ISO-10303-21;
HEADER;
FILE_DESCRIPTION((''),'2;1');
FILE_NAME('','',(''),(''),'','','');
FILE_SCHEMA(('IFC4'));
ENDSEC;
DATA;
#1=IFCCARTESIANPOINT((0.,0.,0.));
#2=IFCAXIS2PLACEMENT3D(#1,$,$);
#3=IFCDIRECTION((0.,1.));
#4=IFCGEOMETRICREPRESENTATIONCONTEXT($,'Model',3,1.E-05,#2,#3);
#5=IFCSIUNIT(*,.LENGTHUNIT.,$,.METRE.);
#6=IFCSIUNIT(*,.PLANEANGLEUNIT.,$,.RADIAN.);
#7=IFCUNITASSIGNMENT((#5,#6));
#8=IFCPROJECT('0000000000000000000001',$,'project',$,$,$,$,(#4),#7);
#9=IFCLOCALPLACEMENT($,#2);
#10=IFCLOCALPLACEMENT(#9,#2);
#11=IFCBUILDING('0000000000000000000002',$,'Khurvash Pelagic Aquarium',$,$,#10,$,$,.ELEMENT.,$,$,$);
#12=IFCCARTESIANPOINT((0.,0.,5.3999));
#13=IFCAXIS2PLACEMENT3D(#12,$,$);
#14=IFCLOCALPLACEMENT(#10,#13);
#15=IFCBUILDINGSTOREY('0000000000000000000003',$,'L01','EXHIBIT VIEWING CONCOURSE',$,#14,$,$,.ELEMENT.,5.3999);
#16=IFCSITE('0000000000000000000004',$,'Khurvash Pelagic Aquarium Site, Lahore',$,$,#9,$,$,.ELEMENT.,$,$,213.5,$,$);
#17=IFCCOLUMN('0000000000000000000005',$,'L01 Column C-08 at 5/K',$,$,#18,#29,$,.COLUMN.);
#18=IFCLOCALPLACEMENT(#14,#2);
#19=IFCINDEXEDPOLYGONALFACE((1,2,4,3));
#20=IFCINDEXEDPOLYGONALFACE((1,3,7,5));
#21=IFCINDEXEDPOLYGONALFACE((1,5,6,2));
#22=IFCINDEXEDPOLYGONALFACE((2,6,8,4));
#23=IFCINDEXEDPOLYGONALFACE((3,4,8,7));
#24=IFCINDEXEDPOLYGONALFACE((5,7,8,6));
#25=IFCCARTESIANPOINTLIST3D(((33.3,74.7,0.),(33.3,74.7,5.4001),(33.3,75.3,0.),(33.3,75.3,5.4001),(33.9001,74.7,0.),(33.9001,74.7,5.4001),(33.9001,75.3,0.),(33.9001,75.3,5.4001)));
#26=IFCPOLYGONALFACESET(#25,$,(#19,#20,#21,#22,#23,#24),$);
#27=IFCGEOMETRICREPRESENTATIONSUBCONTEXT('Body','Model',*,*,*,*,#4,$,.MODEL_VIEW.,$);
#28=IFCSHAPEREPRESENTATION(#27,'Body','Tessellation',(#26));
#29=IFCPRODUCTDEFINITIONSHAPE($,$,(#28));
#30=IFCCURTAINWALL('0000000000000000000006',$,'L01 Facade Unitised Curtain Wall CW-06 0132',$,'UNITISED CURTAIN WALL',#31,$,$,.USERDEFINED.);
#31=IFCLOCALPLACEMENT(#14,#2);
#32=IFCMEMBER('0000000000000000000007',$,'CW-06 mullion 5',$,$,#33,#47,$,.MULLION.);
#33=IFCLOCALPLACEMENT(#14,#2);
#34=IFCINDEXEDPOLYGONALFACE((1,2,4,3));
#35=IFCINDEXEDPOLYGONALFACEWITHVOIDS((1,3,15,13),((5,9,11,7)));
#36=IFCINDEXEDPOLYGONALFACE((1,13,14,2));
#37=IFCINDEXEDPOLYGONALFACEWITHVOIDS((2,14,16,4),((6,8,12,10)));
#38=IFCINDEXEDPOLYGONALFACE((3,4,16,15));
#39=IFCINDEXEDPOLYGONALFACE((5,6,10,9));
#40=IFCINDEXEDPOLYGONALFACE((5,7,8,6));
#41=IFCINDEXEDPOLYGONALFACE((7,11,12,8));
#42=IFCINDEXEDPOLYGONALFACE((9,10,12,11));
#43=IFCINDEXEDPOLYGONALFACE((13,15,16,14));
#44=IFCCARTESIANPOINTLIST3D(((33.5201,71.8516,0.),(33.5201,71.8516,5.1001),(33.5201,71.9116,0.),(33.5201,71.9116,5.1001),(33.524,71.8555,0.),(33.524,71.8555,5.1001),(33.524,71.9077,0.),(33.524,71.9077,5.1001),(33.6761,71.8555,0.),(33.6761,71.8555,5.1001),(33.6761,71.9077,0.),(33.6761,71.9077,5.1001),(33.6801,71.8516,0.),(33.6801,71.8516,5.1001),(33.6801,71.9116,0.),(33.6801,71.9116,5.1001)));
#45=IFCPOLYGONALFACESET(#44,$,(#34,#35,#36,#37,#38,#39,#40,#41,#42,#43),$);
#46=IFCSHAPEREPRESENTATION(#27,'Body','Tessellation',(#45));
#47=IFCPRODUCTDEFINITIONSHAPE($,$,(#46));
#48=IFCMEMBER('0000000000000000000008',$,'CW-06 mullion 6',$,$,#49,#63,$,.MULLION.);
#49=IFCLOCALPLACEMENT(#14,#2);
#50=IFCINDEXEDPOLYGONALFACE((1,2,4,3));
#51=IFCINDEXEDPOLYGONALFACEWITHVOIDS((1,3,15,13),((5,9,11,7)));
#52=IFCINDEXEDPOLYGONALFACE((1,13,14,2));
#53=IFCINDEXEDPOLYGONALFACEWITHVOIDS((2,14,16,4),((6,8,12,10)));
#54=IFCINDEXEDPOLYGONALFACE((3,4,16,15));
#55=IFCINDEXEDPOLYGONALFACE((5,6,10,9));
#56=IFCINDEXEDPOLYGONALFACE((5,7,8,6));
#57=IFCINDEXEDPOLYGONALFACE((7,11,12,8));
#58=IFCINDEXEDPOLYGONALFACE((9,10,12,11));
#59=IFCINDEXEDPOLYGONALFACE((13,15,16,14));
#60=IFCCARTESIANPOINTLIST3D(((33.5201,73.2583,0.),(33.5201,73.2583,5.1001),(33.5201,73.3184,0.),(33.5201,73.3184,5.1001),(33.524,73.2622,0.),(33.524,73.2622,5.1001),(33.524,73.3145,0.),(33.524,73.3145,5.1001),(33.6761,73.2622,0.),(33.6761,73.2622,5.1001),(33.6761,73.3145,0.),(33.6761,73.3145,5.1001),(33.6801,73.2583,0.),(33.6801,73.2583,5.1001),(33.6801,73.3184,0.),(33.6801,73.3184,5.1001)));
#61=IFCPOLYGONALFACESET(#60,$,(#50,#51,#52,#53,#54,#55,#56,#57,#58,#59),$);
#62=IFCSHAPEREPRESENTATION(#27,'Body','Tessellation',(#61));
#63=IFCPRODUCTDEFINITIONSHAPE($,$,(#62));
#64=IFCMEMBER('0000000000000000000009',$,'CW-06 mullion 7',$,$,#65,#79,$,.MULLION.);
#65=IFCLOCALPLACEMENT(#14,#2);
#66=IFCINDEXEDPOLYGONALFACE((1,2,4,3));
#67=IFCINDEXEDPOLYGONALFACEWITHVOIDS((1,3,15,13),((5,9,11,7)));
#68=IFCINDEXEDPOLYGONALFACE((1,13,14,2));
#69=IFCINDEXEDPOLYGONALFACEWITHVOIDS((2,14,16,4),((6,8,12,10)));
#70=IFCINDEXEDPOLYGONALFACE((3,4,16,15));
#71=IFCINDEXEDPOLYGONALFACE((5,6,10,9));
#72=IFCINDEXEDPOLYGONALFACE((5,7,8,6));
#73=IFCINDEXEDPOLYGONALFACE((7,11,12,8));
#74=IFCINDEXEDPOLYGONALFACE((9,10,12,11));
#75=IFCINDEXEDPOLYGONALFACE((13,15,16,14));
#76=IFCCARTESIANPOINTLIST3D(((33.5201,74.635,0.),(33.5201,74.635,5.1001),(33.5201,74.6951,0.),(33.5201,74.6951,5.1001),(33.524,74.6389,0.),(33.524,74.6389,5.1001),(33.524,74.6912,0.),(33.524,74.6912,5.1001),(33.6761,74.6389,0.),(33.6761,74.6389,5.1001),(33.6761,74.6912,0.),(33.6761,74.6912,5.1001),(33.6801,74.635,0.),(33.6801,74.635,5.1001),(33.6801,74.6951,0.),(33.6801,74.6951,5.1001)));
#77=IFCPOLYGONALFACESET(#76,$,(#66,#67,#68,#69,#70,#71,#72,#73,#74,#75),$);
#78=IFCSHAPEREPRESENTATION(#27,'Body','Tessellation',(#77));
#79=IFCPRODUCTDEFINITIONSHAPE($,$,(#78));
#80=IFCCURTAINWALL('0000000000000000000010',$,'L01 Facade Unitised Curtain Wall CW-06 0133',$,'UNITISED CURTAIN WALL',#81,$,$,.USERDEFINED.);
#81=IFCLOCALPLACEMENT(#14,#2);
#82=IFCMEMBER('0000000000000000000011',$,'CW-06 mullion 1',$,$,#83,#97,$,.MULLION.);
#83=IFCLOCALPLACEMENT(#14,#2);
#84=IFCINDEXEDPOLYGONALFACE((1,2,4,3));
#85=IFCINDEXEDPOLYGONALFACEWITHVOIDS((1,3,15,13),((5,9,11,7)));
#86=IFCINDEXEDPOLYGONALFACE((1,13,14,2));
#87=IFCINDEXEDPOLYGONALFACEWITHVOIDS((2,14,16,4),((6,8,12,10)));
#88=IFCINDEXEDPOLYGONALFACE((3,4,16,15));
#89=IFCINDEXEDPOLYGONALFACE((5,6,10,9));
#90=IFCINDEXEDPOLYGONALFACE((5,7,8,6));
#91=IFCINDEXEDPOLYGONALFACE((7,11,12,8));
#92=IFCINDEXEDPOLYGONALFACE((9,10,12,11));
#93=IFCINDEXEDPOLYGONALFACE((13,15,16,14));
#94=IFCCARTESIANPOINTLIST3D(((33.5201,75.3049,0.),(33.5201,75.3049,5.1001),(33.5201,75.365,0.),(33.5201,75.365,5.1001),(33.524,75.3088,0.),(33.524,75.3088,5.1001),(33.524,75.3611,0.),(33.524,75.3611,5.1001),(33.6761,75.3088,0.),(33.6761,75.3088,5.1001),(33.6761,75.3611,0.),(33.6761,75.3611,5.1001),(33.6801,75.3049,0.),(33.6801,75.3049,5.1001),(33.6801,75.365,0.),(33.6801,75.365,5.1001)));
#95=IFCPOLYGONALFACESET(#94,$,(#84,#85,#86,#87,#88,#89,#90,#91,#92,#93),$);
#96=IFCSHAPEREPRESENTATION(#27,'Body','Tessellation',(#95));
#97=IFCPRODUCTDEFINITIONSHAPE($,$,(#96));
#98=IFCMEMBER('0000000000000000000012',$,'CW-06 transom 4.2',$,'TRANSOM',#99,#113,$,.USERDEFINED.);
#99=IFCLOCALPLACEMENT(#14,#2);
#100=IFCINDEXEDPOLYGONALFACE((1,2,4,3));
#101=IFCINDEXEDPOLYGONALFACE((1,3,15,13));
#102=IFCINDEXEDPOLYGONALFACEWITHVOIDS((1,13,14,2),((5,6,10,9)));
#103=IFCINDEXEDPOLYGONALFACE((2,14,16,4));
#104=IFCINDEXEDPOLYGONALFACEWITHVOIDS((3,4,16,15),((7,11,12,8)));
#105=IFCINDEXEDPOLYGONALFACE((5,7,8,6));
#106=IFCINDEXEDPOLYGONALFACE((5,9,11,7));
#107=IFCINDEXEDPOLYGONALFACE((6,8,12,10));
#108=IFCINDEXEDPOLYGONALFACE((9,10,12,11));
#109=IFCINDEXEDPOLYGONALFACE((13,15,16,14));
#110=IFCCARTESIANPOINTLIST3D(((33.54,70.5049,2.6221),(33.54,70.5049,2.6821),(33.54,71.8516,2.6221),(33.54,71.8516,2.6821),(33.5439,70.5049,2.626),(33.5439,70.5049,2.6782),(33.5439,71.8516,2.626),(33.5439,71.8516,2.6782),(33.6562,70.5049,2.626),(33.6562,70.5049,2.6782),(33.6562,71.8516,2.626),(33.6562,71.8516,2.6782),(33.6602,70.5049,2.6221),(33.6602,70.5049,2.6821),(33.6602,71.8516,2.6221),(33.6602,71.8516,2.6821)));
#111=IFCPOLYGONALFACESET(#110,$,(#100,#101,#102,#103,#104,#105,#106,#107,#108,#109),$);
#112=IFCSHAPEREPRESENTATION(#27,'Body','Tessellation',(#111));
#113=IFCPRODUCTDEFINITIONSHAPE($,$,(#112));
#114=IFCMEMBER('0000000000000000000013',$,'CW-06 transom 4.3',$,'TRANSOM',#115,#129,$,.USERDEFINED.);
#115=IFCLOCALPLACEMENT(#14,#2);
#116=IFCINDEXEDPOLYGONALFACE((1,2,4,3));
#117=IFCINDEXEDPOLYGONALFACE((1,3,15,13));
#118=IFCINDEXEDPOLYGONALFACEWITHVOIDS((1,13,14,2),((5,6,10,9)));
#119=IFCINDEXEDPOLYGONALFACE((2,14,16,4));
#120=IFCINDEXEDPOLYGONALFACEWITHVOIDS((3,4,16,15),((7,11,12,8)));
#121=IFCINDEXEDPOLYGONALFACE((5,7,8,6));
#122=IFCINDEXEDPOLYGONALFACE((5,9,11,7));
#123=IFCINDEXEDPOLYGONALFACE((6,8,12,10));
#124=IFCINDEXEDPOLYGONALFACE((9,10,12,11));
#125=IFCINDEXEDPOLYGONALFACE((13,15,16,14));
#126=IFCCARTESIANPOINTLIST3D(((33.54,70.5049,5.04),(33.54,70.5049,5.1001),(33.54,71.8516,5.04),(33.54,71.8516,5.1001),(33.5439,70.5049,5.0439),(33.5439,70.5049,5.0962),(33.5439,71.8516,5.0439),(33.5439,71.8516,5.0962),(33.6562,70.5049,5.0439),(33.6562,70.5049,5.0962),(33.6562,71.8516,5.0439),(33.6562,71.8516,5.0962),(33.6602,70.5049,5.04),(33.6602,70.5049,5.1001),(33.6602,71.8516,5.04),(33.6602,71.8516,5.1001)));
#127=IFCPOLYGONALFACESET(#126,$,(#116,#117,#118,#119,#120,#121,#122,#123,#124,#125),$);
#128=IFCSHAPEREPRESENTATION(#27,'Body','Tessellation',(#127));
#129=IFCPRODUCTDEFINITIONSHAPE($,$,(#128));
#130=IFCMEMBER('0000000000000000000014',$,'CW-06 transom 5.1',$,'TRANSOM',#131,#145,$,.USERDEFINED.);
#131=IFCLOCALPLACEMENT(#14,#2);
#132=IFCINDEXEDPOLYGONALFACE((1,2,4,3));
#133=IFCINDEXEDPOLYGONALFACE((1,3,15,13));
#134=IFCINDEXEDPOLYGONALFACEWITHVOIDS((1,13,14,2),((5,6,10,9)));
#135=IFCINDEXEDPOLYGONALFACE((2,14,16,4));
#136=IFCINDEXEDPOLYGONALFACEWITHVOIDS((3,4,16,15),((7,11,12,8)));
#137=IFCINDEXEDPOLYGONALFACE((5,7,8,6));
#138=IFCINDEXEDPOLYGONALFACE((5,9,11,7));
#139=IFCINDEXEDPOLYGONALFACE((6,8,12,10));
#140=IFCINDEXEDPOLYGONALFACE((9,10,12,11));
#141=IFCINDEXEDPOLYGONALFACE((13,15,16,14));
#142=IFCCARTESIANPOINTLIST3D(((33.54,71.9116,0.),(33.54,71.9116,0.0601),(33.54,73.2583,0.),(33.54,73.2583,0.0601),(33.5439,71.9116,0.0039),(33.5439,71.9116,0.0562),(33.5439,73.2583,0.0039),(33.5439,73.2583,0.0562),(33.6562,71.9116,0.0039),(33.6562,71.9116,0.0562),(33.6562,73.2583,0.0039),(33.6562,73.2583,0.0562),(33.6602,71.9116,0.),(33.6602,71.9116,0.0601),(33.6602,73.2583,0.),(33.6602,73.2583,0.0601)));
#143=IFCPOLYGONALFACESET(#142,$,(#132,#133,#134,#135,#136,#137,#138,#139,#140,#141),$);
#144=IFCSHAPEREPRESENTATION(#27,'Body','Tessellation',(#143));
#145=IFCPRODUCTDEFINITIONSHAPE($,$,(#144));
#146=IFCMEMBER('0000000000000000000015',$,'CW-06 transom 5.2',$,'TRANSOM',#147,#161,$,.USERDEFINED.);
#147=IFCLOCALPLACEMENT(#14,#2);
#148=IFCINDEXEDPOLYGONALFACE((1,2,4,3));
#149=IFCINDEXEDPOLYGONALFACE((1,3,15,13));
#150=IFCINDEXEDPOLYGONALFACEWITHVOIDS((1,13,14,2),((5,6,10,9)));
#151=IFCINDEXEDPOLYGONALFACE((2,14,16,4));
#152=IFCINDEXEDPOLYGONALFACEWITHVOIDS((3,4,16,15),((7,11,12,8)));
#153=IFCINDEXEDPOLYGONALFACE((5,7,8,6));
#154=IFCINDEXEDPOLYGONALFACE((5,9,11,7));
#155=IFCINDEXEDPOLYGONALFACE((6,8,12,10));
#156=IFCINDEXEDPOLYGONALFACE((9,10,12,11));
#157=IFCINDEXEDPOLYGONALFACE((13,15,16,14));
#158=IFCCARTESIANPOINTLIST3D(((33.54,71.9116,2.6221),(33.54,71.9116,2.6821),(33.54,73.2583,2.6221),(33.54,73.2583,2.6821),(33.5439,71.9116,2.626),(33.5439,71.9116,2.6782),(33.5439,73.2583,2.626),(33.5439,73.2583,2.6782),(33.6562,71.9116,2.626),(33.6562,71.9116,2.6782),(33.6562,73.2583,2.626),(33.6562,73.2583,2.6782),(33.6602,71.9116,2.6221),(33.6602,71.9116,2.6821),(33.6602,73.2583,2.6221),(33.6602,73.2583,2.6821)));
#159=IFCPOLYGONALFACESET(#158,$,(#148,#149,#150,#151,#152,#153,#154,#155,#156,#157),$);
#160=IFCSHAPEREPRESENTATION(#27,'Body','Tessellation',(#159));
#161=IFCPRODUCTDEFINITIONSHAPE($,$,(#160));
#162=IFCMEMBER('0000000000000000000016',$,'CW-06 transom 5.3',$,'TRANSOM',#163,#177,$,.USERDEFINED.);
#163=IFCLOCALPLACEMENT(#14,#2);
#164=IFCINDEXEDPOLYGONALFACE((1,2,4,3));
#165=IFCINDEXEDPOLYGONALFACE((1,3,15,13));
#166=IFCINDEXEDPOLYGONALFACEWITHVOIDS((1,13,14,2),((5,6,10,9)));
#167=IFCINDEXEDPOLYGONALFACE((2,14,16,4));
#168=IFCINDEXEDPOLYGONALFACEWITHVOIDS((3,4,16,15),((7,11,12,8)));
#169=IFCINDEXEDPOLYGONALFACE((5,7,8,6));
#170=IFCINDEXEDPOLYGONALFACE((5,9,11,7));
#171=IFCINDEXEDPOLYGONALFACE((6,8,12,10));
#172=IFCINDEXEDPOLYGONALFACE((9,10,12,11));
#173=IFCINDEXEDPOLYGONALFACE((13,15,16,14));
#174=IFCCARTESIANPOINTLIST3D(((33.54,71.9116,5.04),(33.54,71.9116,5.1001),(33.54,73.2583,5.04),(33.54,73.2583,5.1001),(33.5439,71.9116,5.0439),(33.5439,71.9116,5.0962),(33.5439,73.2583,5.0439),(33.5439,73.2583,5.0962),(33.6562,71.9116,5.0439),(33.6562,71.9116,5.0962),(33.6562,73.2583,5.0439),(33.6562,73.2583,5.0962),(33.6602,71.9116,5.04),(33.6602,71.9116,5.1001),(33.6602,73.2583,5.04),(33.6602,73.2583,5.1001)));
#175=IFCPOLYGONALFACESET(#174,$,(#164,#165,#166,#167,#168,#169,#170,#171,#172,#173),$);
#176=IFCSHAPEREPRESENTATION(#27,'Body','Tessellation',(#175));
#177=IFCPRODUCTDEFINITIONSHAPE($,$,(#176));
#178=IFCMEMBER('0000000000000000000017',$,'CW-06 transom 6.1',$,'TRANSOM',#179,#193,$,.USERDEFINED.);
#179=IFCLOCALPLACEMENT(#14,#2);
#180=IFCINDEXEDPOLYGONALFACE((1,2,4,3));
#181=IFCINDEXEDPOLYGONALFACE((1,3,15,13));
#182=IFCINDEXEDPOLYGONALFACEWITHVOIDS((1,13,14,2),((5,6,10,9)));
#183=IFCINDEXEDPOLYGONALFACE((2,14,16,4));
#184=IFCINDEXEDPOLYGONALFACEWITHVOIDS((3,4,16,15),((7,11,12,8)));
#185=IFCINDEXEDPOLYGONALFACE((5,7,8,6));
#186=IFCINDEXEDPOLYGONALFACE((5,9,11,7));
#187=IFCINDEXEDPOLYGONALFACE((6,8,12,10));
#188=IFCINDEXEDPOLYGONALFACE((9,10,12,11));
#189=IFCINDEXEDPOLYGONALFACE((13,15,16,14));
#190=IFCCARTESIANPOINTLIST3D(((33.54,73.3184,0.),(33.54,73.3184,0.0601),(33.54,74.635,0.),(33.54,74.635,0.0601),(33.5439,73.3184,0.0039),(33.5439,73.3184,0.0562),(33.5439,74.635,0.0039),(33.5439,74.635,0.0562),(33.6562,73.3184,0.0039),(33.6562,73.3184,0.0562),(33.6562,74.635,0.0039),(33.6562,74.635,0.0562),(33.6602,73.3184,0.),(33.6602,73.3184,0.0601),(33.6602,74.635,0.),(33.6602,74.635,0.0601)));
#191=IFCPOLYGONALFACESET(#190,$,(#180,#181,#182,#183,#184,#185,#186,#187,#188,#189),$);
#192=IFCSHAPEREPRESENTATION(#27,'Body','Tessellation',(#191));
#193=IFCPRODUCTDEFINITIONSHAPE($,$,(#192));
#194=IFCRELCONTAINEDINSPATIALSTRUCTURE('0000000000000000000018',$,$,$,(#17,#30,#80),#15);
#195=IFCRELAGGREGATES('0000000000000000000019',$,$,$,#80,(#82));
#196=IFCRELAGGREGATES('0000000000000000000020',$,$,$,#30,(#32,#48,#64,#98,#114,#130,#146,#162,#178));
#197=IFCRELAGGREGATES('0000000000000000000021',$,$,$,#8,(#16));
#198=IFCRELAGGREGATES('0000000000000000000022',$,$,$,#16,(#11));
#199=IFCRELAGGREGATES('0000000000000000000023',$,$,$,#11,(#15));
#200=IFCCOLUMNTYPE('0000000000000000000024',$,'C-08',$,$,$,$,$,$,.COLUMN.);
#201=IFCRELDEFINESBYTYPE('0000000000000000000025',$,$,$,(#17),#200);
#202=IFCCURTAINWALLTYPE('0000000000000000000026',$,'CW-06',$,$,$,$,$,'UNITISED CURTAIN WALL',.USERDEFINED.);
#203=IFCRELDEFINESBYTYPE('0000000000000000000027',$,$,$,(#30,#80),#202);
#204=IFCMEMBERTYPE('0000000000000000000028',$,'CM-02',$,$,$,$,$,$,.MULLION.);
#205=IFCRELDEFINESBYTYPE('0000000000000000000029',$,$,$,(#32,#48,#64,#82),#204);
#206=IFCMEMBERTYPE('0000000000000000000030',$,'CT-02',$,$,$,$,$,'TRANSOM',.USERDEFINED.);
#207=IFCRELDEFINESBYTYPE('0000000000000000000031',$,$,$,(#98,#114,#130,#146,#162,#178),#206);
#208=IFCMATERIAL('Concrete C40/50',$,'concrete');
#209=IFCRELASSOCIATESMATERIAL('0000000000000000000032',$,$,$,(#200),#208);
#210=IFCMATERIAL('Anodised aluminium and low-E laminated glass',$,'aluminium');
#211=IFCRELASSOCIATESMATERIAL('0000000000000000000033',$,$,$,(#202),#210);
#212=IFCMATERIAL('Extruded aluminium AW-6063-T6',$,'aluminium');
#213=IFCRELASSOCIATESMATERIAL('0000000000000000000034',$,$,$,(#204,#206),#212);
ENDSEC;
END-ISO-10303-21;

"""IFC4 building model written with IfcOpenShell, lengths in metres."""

from ifc_helpers import new_model, si_unit, direction, frame, origin, origin_2d, place, context, subcontext, project, spatial, rectangle, hollow_rectangle, extrude, material, material_profile, profile_set, type_object, element, aggregate, save


model = new_model("IFC4")

# Units and contexts
model_context = context("Model", 3, precision=1e-05, world=origin(), true_north=direction((0.0, 1.0)))
body_context = subcontext(model_context, "Body", "Model", "MODEL_VIEW")
ifc_project = project(units=[si_unit("LENGTHUNIT", "METRE"), si_unit("PLANEANGLEUNIT", "RADIAN")], contexts=[model_context])

# Site, building, storey
site_placement = place(None, origin())
site = spatial("IfcSite", under=ifc_project, at=site_placement, Name="Khurvash Pelagic Aquarium Site, Lahore", CompositionType="ELEMENT", RefElevation=213.5)
building_placement = place(site_placement, origin())
building = spatial("IfcBuilding", under=site, at=building_placement, Name="Khurvash Pelagic Aquarium", CompositionType="ELEMENT")
storey_placement = place(building_placement, frame((0.0, 0.0, 5.3999)))
storey = spatial("IfcBuildingStorey", under=building, at=storey_placement, Name="L01", Description="EXHIBIT VIEWING CONCOURSE", CompositionType="ELEMENT", Elevation=5.3999)

# Column
ifc_material_1 = material(Name="Concrete C40/50", Category="concrete")
ifc_material_profile_1 = material_profile(ifc_material_1, rectangle(XDim=0.6001, YDim=0.6001, at=origin_2d()), Name="RC600X600")
ifc_profile_set_1 = profile_set([ifc_material_profile_1], Name="Concrete C40/50")
column_type = type_object("IfcColumnType", Name="C-08", PredefinedType="COLUMN", material=ifc_profile_set_1)
column_placement = place(storey_placement, frame((33.6001, 75.0, 0.0), z_axis=(0.0, 0.0, 1.0), x_axis=(1.0, 0.0, 0.0)))
element("IfcColumn", 1, at=column_placement, inside=storey, type_object=column_type, Name="L01 Column C-08 at 5/K", PredefinedType="COLUMN", context=body_context, shape_type="SweptSolid", body=[
    extrude(rectangle(XDim=0.6001, YDim=0.6001, at=origin_2d()), origin(), (0.0, 0.0, 1.0), 5.4001),
])

# Curtain wall, members
ifc_material_2 = material(Name="Anodised aluminium and low-E laminated glass", Category="aluminium")
curtain_wall_type = type_object("IfcCurtainWallType", Name="CW-06", ElementType="UNITISED CURTAIN WALL", PredefinedType="USERDEFINED", material=ifc_material_2)
curtain_wall_1_placement = place(storey_placement, origin())
curtain_wall_1 = element("IfcCurtainWall", 2, at=curtain_wall_1_placement, inside=storey, type_object=curtain_wall_type, Name="L01 Facade Unitised Curtain Wall CW-06 0132", ObjectType="UNITISED CURTAIN WALL", PredefinedType="USERDEFINED")
ifc_material_3 = material(Name="Extruded aluminium AW-6063-T6", Category="aluminium")
ifc_material_profile_2 = material_profile(ifc_material_3, hollow_rectangle(XDim=0.0601, YDim=0.1599, WallThickness=0.0039, at=origin_2d()), Name="CWM60X160X4")
ifc_profile_set_2 = profile_set([ifc_material_profile_2], Name="Extruded aluminium AW-6063-T6")
member_type_1 = type_object("IfcMemberType", Name="CM-02", PredefinedType="MULLION", material=ifc_profile_set_2)
member_1_placement = place(storey_placement, frame((33.6001, 71.8816, 0.0), z_axis=(0.0, 0.0, 1.0), x_axis=(0.0, 1.0, 0.0)))
member_1 = element("IfcMember", 3, at=member_1_placement, type_object=member_type_1, Name="CW-06 mullion 5", PredefinedType="MULLION", context=body_context, shape_type="SweptSolid", body=[
    extrude(hollow_rectangle(XDim=0.0601, YDim=0.1599, WallThickness=0.0039, at=origin_2d()), origin(), (0.0, 0.0, 1.0), 5.1001),
])
member_2_placement = place(storey_placement, frame((33.6001, 73.2883, 0.0), z_axis=(0.0, 0.0, 1.0), x_axis=(0.0, 1.0, 0.0)))
member_2 = element("IfcMember", 4, at=member_2_placement, type_object=member_type_1, Name="CW-06 mullion 6", PredefinedType="MULLION", context=body_context, shape_type="SweptSolid", body=[
    extrude(hollow_rectangle(XDim=0.0601, YDim=0.1599, WallThickness=0.0039, at=origin_2d()), origin(), (0.0, 0.0, 1.0), 5.1001),
])
member_3_placement = place(storey_placement, frame((33.6001, 74.665, 0.0), z_axis=(0.0, 0.0, 1.0), x_axis=(0.0, 1.0, 0.0)))
member_3 = element("IfcMember", 5, at=member_3_placement, type_object=member_type_1, Name="CW-06 mullion 7", PredefinedType="MULLION", context=body_context, shape_type="SweptSolid", body=[
    extrude(hollow_rectangle(XDim=0.0601, YDim=0.1599, WallThickness=0.0039, at=origin_2d()), origin(), (0.0, 0.0, 1.0), 5.1001),
])

# Curtain wall, member
curtain_wall_2_placement = place(storey_placement, origin())
curtain_wall_2 = element("IfcCurtainWall", 6, at=curtain_wall_2_placement, inside=storey, type_object=curtain_wall_type, Name="L01 Facade Unitised Curtain Wall CW-06 0133", ObjectType="UNITISED CURTAIN WALL", PredefinedType="USERDEFINED")
member_4_placement = place(storey_placement, frame((33.6001, 75.335, 0.0), z_axis=(0.0, 0.0, 1.0), x_axis=(0.0, 1.0, 0.0)))
member_4 = element("IfcMember", 7, at=member_4_placement, type_object=member_type_1, Name="CW-06 mullion 1", PredefinedType="MULLION", context=body_context, shape_type="SweptSolid", body=[
    extrude(hollow_rectangle(XDim=0.0601, YDim=0.1599, WallThickness=0.0039, at=origin_2d()), origin(), (0.0, 0.0, 1.0), 5.1001),
])

# Members
ifc_material_profile_3 = material_profile(ifc_material_3, hollow_rectangle(XDim=0.1201, YDim=0.0601, WallThickness=0.0039, at=origin_2d()), Name="CWT120X60X4")
ifc_profile_set_3 = profile_set([ifc_material_profile_3], Name="Extruded aluminium AW-6063-T6")
member_type_2 = type_object("IfcMemberType", Name="CT-02", ElementType="TRANSOM", PredefinedType="USERDEFINED", material=ifc_profile_set_3)
member_5_placement = place(storey_placement, frame((33.6001, 70.5049, 2.6521), z_axis=(0.0, 1.0, 0.0), x_axis=(-1.0, 0.0, 0.0)))
member_5 = element("IfcMember", 8, at=member_5_placement, type_object=member_type_2, Name="CW-06 transom 4.2", ObjectType="TRANSOM", PredefinedType="USERDEFINED", context=body_context, shape_type="SweptSolid", body=[
    extrude(hollow_rectangle(XDim=0.1201, YDim=0.0601, WallThickness=0.0039, at=origin_2d()), origin(), (0.0, 0.0, 1.0), 1.3467),
])
member_6_placement = place(storey_placement, frame((33.6001, 70.5049, 5.0701), z_axis=(0.0, 1.0, 0.0), x_axis=(-1.0, 0.0, 0.0)))
member_6 = element("IfcMember", 9, at=member_6_placement, type_object=member_type_2, Name="CW-06 transom 4.3", ObjectType="TRANSOM", PredefinedType="USERDEFINED", context=body_context, shape_type="SweptSolid", body=[
    extrude(hollow_rectangle(XDim=0.1201, YDim=0.0601, WallThickness=0.0039, at=origin_2d()), origin(), (0.0, 0.0, 1.0), 1.3467),
])
member_7_placement = place(storey_placement, frame((33.6001, 71.9116, 0.03), z_axis=(0.0, 1.0, 0.0), x_axis=(-1.0, 0.0, 0.0)))
member_7 = element("IfcMember", 10, at=member_7_placement, type_object=member_type_2, Name="CW-06 transom 5.1", ObjectType="TRANSOM", PredefinedType="USERDEFINED", context=body_context, shape_type="SweptSolid", body=[
    extrude(hollow_rectangle(XDim=0.1201, YDim=0.0601, WallThickness=0.0039, at=origin_2d()), origin(), (0.0, 0.0, 1.0), 1.3467),
])
member_8_placement = place(storey_placement, frame((33.6001, 71.9116, 2.6521), z_axis=(0.0, 1.0, 0.0), x_axis=(-1.0, 0.0, 0.0)))
member_8 = element("IfcMember", 11, at=member_8_placement, type_object=member_type_2, Name="CW-06 transom 5.2", ObjectType="TRANSOM", PredefinedType="USERDEFINED", context=body_context, shape_type="SweptSolid", body=[
    extrude(hollow_rectangle(XDim=0.1201, YDim=0.0601, WallThickness=0.0039, at=origin_2d()), origin(), (0.0, 0.0, 1.0), 1.3467),
])
member_9_placement = place(storey_placement, frame((33.6001, 71.9116, 5.0701), z_axis=(0.0, 1.0, 0.0), x_axis=(-1.0, 0.0, 0.0)))
member_9 = element("IfcMember", 12, at=member_9_placement, type_object=member_type_2, Name="CW-06 transom 5.3", ObjectType="TRANSOM", PredefinedType="USERDEFINED", context=body_context, shape_type="SweptSolid", body=[
    extrude(hollow_rectangle(XDim=0.1201, YDim=0.0601, WallThickness=0.0039, at=origin_2d()), origin(), (0.0, 0.0, 1.0), 1.3467),
])
member_10_placement = place(storey_placement, frame((33.6001, 73.3184, 0.03), z_axis=(0.0, 1.0, 0.0), x_axis=(-1.0, 0.0, 0.0)))
member_10 = element("IfcMember", 13, at=member_10_placement, type_object=member_type_2, Name="CW-06 transom 6.1", ObjectType="TRANSOM", PredefinedType="USERDEFINED", context=body_context, shape_type="SweptSolid", body=[
    extrude(hollow_rectangle(XDim=0.1201, YDim=0.0601, WallThickness=0.0039, at=origin_2d()), origin(), (0.0, 0.0, 1.0), 1.3167),
])
aggregate(curtain_wall_2, [member_4])

aggregate(curtain_wall_1, [member_1, member_2, member_3, member_5, member_6, member_7, member_8, member_9, member_10])

save(model, "model.ifc")
